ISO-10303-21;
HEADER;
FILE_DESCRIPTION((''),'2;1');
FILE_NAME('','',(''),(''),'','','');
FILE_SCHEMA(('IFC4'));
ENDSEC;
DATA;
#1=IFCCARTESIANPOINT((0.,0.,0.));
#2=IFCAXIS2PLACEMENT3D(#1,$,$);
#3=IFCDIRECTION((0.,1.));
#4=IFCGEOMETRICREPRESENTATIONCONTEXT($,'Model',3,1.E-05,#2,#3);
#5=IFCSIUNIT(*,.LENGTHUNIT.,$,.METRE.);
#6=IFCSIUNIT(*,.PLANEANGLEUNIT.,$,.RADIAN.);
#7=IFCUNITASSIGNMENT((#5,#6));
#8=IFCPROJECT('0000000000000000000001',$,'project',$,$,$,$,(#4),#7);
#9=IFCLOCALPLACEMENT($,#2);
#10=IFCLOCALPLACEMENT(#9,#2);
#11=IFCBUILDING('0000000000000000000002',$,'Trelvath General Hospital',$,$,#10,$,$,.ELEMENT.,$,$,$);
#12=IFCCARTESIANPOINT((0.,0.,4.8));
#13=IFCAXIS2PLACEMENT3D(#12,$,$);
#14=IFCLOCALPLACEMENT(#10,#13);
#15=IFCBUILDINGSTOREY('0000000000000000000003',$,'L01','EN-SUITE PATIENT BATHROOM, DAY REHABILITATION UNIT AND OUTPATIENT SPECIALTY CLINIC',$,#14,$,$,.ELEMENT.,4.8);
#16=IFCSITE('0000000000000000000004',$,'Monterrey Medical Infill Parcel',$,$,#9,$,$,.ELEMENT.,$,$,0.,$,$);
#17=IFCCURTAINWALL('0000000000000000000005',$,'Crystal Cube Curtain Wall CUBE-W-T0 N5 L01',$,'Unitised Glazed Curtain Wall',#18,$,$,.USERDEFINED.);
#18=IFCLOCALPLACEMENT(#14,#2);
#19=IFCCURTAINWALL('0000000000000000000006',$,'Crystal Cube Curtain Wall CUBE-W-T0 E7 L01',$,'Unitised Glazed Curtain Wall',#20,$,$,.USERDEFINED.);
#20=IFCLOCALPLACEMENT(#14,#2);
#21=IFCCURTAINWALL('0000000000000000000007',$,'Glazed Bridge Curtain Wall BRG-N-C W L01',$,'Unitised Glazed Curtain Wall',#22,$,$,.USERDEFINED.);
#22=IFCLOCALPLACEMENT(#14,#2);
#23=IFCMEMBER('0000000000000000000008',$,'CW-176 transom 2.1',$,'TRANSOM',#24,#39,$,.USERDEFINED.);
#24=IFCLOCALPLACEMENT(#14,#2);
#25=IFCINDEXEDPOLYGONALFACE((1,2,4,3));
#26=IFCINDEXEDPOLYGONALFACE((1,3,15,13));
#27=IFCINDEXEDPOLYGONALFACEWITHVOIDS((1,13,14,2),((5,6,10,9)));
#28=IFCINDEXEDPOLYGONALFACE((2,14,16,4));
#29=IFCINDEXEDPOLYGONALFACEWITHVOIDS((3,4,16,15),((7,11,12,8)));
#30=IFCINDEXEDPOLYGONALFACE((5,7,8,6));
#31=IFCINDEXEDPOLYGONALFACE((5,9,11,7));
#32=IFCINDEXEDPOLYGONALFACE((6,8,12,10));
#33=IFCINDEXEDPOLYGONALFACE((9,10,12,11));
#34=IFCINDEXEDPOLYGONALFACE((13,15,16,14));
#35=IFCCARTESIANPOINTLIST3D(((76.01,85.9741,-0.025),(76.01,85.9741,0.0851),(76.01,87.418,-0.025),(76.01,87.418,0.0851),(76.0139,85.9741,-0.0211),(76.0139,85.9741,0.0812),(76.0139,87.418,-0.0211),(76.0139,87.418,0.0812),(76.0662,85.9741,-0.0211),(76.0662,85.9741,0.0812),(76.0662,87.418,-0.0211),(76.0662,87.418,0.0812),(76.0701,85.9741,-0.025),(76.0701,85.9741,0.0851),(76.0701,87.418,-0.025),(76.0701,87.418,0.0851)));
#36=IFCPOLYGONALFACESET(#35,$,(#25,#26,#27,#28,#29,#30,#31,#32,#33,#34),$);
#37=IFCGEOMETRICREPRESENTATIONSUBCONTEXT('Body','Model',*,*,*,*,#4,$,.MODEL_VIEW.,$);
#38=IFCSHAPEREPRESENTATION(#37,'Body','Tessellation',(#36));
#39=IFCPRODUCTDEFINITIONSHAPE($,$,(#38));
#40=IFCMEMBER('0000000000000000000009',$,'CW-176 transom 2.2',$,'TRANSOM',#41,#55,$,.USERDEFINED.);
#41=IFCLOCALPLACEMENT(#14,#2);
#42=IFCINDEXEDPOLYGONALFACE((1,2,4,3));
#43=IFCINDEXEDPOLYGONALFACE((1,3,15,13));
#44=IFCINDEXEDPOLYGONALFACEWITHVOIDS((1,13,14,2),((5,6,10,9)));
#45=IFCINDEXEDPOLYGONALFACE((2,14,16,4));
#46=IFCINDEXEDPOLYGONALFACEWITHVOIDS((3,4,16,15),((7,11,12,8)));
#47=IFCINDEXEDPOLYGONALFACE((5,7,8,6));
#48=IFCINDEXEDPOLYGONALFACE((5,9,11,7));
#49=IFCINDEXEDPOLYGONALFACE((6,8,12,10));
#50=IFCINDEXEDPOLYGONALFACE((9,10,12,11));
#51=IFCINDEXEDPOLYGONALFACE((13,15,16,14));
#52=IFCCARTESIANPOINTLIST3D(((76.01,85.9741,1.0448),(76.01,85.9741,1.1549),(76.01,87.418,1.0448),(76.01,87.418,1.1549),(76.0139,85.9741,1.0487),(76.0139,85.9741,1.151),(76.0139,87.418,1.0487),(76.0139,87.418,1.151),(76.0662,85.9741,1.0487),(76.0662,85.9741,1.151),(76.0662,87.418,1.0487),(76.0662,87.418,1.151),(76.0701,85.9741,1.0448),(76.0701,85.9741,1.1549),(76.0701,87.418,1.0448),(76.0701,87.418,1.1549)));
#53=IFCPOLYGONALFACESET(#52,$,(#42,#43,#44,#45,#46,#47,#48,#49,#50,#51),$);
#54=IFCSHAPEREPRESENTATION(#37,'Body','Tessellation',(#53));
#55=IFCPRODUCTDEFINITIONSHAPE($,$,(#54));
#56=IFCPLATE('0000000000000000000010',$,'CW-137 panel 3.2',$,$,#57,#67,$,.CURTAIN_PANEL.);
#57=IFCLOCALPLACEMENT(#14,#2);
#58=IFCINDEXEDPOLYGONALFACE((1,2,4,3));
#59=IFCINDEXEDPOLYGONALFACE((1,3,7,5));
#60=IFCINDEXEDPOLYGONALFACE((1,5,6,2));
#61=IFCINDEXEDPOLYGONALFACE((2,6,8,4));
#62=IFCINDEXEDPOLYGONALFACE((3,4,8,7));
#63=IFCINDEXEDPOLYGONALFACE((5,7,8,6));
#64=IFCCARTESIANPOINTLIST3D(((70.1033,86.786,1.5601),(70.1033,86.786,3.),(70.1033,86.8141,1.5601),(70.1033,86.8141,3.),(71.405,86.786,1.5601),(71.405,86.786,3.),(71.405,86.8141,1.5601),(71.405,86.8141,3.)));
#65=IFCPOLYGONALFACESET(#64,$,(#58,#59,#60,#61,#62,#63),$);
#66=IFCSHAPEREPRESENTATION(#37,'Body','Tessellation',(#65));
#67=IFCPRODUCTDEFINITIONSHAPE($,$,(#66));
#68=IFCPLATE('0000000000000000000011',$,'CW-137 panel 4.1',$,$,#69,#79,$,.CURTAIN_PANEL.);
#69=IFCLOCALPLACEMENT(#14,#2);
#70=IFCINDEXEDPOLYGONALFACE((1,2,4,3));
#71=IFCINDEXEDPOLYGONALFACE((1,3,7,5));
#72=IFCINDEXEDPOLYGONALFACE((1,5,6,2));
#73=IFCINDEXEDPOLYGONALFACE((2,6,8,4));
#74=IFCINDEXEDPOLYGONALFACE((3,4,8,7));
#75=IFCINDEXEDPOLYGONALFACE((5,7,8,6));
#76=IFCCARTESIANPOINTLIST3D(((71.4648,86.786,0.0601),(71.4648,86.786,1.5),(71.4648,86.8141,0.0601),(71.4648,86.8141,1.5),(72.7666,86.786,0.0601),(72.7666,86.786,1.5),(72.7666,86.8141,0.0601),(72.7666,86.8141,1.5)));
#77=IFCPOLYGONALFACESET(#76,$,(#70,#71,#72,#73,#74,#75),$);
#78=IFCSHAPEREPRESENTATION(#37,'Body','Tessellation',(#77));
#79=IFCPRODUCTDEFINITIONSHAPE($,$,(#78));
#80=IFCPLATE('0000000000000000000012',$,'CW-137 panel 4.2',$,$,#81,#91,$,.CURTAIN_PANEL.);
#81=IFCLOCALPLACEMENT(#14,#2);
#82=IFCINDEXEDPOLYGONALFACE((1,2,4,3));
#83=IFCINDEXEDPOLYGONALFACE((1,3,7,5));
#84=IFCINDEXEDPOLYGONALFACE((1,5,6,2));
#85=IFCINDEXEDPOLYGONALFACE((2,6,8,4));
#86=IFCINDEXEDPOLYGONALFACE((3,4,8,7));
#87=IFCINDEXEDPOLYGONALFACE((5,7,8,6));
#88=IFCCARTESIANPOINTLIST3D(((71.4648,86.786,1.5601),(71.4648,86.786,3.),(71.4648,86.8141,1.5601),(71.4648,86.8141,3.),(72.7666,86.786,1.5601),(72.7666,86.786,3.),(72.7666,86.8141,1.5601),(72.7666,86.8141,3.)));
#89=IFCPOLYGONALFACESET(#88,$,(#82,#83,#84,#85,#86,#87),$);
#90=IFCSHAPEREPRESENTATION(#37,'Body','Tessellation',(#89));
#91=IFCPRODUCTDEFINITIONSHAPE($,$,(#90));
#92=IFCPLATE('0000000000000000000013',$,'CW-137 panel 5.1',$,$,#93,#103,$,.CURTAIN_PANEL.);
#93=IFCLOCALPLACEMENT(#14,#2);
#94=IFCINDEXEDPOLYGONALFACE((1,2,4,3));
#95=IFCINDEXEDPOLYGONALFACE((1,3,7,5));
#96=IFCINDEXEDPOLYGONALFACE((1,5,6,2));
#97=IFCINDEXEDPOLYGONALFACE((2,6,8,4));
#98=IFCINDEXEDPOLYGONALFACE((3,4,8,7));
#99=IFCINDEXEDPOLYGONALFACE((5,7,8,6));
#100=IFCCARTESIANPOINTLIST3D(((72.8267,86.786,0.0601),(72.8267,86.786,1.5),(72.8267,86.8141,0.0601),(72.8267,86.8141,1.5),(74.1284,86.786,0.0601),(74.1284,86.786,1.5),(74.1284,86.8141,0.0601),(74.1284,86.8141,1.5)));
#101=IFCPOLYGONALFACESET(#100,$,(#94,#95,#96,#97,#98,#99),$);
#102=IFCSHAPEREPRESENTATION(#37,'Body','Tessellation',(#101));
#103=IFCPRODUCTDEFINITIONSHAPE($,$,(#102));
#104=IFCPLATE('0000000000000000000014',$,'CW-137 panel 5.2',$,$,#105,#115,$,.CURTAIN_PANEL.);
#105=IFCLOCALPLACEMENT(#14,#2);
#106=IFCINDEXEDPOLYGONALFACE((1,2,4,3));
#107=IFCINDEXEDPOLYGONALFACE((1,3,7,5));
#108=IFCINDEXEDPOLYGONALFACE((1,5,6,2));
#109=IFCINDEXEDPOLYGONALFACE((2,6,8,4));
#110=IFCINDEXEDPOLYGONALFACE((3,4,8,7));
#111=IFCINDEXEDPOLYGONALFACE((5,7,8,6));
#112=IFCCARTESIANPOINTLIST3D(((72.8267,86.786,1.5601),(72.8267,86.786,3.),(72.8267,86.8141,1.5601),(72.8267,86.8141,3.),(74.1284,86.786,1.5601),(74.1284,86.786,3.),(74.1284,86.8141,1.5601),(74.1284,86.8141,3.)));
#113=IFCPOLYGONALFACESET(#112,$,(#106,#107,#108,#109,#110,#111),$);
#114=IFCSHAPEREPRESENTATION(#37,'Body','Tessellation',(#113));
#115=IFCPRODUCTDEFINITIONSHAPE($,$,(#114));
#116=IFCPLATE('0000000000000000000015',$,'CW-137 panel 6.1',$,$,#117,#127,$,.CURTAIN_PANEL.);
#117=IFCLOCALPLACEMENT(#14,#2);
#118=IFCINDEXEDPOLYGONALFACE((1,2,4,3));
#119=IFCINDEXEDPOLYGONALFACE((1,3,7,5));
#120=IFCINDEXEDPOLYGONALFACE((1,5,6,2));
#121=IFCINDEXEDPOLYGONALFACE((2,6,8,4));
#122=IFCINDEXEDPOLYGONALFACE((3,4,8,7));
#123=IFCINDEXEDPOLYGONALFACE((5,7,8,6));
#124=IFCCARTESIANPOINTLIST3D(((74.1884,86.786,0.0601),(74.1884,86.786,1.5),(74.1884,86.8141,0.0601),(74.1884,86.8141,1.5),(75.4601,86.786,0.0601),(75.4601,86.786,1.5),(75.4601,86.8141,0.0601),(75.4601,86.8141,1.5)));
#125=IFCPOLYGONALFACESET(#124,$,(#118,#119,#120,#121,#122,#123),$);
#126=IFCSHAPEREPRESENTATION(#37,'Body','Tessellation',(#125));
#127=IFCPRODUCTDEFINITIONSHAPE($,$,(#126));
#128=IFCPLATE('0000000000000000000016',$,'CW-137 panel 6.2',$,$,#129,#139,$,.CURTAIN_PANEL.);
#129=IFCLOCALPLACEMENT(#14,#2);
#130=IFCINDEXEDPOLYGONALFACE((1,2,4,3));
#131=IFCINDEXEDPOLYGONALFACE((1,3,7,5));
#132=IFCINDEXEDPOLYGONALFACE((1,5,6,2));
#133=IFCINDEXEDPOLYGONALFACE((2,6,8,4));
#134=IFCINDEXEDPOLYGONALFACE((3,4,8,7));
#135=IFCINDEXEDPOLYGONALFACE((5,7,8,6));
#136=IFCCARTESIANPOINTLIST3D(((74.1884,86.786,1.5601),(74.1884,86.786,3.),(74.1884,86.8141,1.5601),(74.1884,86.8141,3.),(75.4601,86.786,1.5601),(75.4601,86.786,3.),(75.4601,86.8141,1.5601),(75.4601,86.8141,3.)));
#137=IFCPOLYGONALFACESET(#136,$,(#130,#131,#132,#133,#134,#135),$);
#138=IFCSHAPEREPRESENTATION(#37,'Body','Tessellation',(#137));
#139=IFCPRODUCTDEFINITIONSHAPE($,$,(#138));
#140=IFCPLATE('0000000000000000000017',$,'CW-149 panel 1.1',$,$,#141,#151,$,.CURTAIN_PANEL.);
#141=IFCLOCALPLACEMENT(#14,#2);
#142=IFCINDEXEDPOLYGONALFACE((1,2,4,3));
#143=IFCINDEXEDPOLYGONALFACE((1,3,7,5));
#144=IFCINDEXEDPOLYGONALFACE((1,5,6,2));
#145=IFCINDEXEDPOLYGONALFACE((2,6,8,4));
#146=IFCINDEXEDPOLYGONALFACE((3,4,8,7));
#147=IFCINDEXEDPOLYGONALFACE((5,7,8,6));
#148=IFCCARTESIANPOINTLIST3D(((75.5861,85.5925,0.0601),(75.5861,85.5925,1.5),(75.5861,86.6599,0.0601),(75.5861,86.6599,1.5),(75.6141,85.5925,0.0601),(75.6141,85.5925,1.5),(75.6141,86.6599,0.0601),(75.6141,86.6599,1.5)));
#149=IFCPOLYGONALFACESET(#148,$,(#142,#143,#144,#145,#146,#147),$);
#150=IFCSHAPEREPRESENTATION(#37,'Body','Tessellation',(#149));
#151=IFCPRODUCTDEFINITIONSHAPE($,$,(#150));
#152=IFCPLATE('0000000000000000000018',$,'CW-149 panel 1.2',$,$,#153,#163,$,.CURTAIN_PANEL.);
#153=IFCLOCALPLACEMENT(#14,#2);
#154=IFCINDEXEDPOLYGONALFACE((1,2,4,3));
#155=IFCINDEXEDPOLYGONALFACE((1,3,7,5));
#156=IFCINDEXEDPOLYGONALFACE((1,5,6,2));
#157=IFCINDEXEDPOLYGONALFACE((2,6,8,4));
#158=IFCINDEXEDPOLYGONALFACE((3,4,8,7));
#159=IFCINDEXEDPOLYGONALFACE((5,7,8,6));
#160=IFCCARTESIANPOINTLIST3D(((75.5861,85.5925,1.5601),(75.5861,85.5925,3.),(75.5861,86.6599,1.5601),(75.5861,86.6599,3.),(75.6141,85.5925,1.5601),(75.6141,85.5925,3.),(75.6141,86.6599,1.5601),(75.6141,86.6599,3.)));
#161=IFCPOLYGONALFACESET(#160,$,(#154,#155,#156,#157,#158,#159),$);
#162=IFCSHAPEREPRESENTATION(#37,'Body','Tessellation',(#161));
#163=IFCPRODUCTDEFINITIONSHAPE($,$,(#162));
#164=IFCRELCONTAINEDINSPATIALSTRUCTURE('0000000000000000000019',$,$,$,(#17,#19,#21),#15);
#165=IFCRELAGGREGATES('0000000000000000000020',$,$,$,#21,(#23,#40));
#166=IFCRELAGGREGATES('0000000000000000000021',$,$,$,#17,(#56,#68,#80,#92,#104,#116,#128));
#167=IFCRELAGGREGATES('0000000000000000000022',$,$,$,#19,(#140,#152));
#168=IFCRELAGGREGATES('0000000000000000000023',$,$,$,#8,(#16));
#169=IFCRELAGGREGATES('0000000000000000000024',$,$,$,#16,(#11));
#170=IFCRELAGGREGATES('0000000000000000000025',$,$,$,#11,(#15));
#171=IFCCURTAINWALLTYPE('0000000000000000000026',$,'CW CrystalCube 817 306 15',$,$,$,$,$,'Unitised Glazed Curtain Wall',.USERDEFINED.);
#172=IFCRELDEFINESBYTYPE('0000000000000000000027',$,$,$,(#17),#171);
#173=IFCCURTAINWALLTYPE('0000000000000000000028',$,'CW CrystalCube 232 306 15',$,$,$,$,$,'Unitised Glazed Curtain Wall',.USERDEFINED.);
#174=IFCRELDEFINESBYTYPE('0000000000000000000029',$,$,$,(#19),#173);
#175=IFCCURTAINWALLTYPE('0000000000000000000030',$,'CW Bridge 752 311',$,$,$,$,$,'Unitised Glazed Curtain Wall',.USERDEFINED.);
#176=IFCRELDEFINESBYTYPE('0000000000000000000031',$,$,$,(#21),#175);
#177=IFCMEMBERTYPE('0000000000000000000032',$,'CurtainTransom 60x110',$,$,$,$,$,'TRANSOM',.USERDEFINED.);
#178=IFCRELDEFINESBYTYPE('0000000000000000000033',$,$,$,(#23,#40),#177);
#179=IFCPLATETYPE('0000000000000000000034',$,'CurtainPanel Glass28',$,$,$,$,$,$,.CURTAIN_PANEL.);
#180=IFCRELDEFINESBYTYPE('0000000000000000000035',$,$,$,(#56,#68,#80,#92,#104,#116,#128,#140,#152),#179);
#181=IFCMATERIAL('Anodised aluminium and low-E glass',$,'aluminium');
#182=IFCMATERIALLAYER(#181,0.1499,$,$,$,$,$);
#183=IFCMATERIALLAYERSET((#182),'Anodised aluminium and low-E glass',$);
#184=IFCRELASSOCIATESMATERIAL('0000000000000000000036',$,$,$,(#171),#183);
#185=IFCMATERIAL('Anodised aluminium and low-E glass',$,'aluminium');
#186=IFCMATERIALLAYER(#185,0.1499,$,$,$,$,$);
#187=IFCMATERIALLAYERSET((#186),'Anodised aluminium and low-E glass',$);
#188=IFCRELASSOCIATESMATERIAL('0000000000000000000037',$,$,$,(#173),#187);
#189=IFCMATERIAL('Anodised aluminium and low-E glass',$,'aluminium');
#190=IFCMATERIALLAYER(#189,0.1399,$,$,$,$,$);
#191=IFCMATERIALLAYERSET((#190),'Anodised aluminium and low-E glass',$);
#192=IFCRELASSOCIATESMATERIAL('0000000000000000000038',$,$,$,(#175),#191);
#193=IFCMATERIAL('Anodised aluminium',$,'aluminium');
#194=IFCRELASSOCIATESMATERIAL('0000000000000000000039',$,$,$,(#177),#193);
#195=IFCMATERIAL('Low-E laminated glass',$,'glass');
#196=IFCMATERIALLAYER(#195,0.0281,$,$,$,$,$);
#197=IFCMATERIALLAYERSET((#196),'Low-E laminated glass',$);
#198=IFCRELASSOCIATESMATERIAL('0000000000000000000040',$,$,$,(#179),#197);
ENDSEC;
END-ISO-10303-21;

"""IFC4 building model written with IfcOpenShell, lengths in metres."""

from ifc_helpers import new_model, si_unit, direction, frame, origin, origin_2d, place, context, subcontext, project, spatial, rectangle, hollow_rectangle, extrude, material, layer, layer_set, material_profile, profile_set, type_object, element, aggregate, save


model = new_model("IFC4")

# Units and contexts
model_context = context("Model", 3, precision=1e-05, world=origin(), true_north=direction((0.0, 1.0)))
body_context = subcontext(model_context, "Body", "Model", "MODEL_VIEW")
ifc_project = project(units=[si_unit("LENGTHUNIT", "METRE"), si_unit("PLANEANGLEUNIT", "RADIAN")], contexts=[model_context])

# Site, building, storey
site_placement = place(None, origin())
site = spatial("IfcSite", under=ifc_project, at=site_placement, Name="Monterrey Medical Infill Parcel", CompositionType="ELEMENT", RefElevation=0.0)
building_placement = place(site_placement, origin())
building = spatial("IfcBuilding", under=site, at=building_placement, Name="Trelvath General Hospital", CompositionType="ELEMENT")
storey_placement = place(building_placement, frame((0.0, 0.0, 4.8)))
storey = spatial("IfcBuildingStorey", under=building, at=storey_placement, Name="L01", Description="EN-SUITE PATIENT BATHROOM, DAY REHABILITATION UNIT AND OUTPATIENT SPECIALTY CLINIC", CompositionType="ELEMENT", Elevation=4.8)

# Curtain walls
ifc_material_1 = material(Name="Anodised aluminium and low-E glass", Category="aluminium")
ifc_layer_1 = layer(ifc_material_1, 0.1499)
ifc_layer_set_1 = layer_set([ifc_layer_1], Name="Anodised aluminium and low-E glass")
curtain_wall_type_1 = type_object("IfcCurtainWallType", Name="CW CrystalCube 817 306 15", ElementType="Unitised Glazed Curtain Wall", PredefinedType="USERDEFINED", material=ifc_layer_set_1)
curtain_wall_1_placement = place(storey_placement, origin())
curtain_wall_1 = element("IfcCurtainWall", 1, at=curtain_wall_1_placement, inside=storey, type_object=curtain_wall_type_1, Name="Crystal Cube Curtain Wall CUBE-W-T0 N5 L01", ObjectType="Unitised Glazed Curtain Wall", PredefinedType="USERDEFINED")
ifc_material_2 = material(Name="Anodised aluminium and low-E glass", Category="aluminium")
ifc_layer_2 = layer(ifc_material_2, 0.1499)
ifc_layer_set_2 = layer_set([ifc_layer_2], Name="Anodised aluminium and low-E glass")
curtain_wall_type_2 = type_object("IfcCurtainWallType", Name="CW CrystalCube 232 306 15", ElementType="Unitised Glazed Curtain Wall", PredefinedType="USERDEFINED", material=ifc_layer_set_2)
curtain_wall_2_placement = place(storey_placement, origin())
curtain_wall_2 = element("IfcCurtainWall", 2, at=curtain_wall_2_placement, inside=storey, type_object=curtain_wall_type_2, Name="Crystal Cube Curtain Wall CUBE-W-T0 E7 L01", ObjectType="Unitised Glazed Curtain Wall", PredefinedType="USERDEFINED")

# Curtain wall
ifc_material_3 = material(Name="Anodised aluminium and low-E glass", Category="aluminium")
ifc_layer_3 = layer(ifc_material_3, 0.1399)
ifc_layer_set_3 = layer_set([ifc_layer_3], Name="Anodised aluminium and low-E glass")
curtain_wall_type_3 = type_object("IfcCurtainWallType", Name="CW Bridge 752 311", ElementType="Unitised Glazed Curtain Wall", PredefinedType="USERDEFINED", material=ifc_layer_set_3)
curtain_wall_3_placement = place(storey_placement, origin())
curtain_wall_3 = element("IfcCurtainWall", 3, at=curtain_wall_3_placement, inside=storey, type_object=curtain_wall_type_3, Name="Glazed Bridge Curtain Wall BRG-N-C W L01", ObjectType="Unitised Glazed Curtain Wall", PredefinedType="USERDEFINED")

# Members
ifc_material_4 = material(Name="Anodised aluminium", Category="aluminium")
ifc_material_profile_1 = material_profile(ifc_material_4, hollow_rectangle(XDim=0.0601, YDim=0.1101, WallThickness=0.0039, at=origin_2d()), Name="RHS60x110x4")
ifc_profile_set_1 = profile_set([ifc_material_profile_1], Name="Anodised aluminium")
member_type_1 = type_object("IfcMemberType", Name="CurtainTransom 60x110", ElementType="TRANSOM", PredefinedType="USERDEFINED", material=ifc_profile_set_1)
member_1_placement = place(storey_placement, frame((76.04, 85.9741, 0.03), z_axis=(0.0, 1.0, 0.0), x_axis=(-1.0, 0.0, 0.0)))
member_1 = element("IfcMember", 4, at=member_1_placement, type_object=member_type_1, Name="CW-176 transom 2.1", ObjectType="TRANSOM", PredefinedType="USERDEFINED", context=body_context, shape_type="SweptSolid", body=[
    extrude(hollow_rectangle(XDim=0.0601, YDim=0.1101, WallThickness=0.0039, at=origin_2d()), origin(), (0.0, 0.0, 1.0), 1.4438),
])
member_2_placement = place(storey_placement, frame((76.04, 85.9741, 1.0999), z_axis=(0.0, 1.0, 0.0), x_axis=(-1.0, 0.0, 0.0)))
member_2 = element("IfcMember", 5, at=member_2_placement, type_object=member_type_1, Name="CW-176 transom 2.2", ObjectType="TRANSOM", PredefinedType="USERDEFINED", context=body_context, shape_type="SweptSolid", body=[
    extrude(hollow_rectangle(XDim=0.0601, YDim=0.1101, WallThickness=0.0039, at=origin_2d()), origin(), (0.0, 0.0, 1.0), 1.4438),
])
aggregate(curtain_wall_3, [member_1, member_2])

# Plates
ifc_material_5 = material(Name="Low-E laminated glass", Category="glass")
ifc_layer_4 = layer(ifc_material_5, 0.0281)
ifc_layer_set_4 = layer_set([ifc_layer_4], Name="Low-E laminated glass")
plate_type = type_object("IfcPlateType", Name="CurtainPanel Glass28", PredefinedType="CURTAIN_PANEL", material=ifc_layer_set_4)
plate_1_placement = place(storey_placement, frame((70.7542, 86.8, 1.5601), z_axis=(0.0, 0.0, 1.0), x_axis=(1.0, 0.0, 0.0)))
plate_1 = element("IfcPlate", 6, at=plate_1_placement, type_object=plate_type, Name="CW-137 panel 3.2", PredefinedType="CURTAIN_PANEL", context=body_context, shape_type="SweptSolid", body=[
    extrude(rectangle(XDim=1.3018, YDim=0.0281, at=origin_2d()), origin(), (0.0, 0.0, 1.0), 1.4399),
])
plate_2_placement = place(storey_placement, frame((72.1157, 86.8, 0.0601), z_axis=(0.0, 0.0, 1.0), x_axis=(1.0, 0.0, 0.0)))
plate_2 = element("IfcPlate", 7, at=plate_2_placement, type_object=plate_type, Name="CW-137 panel 4.1", PredefinedType="CURTAIN_PANEL", context=body_context, shape_type="SweptSolid", body=[
    extrude(rectangle(XDim=1.3018, YDim=0.0281, at=origin_2d()), origin(), (0.0, 0.0, 1.0), 1.4399),
])
plate_3_placement = place(storey_placement, frame((72.1157, 86.8, 1.5601), z_axis=(0.0, 0.0, 1.0), x_axis=(1.0, 0.0, 0.0)))
plate_3 = element("IfcPlate", 8, at=plate_3_placement, type_object=plate_type, Name="CW-137 panel 4.2", PredefinedType="CURTAIN_PANEL", context=body_context, shape_type="SweptSolid", body=[
    extrude(rectangle(XDim=1.3018, YDim=0.0281, at=origin_2d()), origin(), (0.0, 0.0, 1.0), 1.4399),
])
plate_4_placement = place(storey_placement, frame((73.4775, 86.8, 0.0601), z_axis=(0.0, 0.0, 1.0), x_axis=(1.0, 0.0, 0.0)))
plate_4 = element("IfcPlate", 9, at=plate_4_placement, type_object=plate_type, Name="CW-137 panel 5.1", PredefinedType="CURTAIN_PANEL", context=body_context, shape_type="SweptSolid", body=[
    extrude(rectangle(XDim=1.3018, YDim=0.0281, at=origin_2d()), origin(), (0.0, 0.0, 1.0), 1.4399),
])
plate_5_placement = place(storey_placement, frame((73.4775, 86.8, 1.5601), z_axis=(0.0, 0.0, 1.0), x_axis=(1.0, 0.0, 0.0)))
plate_5 = element("IfcPlate", 10, at=plate_5_placement, type_object=plate_type, Name="CW-137 panel 5.2", PredefinedType="CURTAIN_PANEL", context=body_context, shape_type="SweptSolid", body=[
    extrude(rectangle(XDim=1.3018, YDim=0.0281, at=origin_2d()), origin(), (0.0, 0.0, 1.0), 1.4399),
])
plate_6_placement = place(storey_placement, frame((74.8242, 86.8, 0.0601), z_axis=(0.0, 0.0, 1.0), x_axis=(1.0, 0.0, 0.0)))
plate_6 = element("IfcPlate", 11, at=plate_6_placement, type_object=plate_type, Name="CW-137 panel 6.1", PredefinedType="CURTAIN_PANEL", context=body_context, shape_type="SweptSolid", body=[
    extrude(rectangle(XDim=1.2717, YDim=0.0281, at=origin_2d()), origin(), (0.0, 0.0, 1.0), 1.4399),
])
plate_7_placement = place(storey_placement, frame((74.8242, 86.8, 1.5601), z_axis=(0.0, 0.0, 1.0), x_axis=(1.0, 0.0, 0.0)))
plate_7 = element("IfcPlate", 12, at=plate_7_placement, type_object=plate_type, Name="CW-137 panel 6.2", PredefinedType="CURTAIN_PANEL", context=body_context, shape_type="SweptSolid", body=[
    extrude(rectangle(XDim=1.2717, YDim=0.0281, at=origin_2d()), origin(), (0.0, 0.0, 1.0), 1.4399),
])
aggregate(curtain_wall_1, [plate_1, plate_2, plate_3, plate_4, plate_5, plate_6, plate_7])
plate_8_placement = place(storey_placement, frame((75.6001, 86.1262, 0.0601), z_axis=(0.0, 0.0, 1.0), x_axis=(0.0, -1.0, 0.0)))
plate_8 = element("IfcPlate", 13, at=plate_8_placement, type_object=plate_type, Name="CW-149 panel 1.1", PredefinedType="CURTAIN_PANEL", context=body_context, shape_type="SweptSolid", body=[
    extrude(rectangle(XDim=1.0674, YDim=0.0281, at=origin_2d()), origin(), (0.0, 0.0, 1.0), 1.4399),
])
plate_9_placement = place(storey_placement, frame((75.6001, 86.1262, 1.5601), z_axis=(0.0, 0.0, 1.0), x_axis=(0.0, -1.0, 0.0)))
plate_9 = element("IfcPlate", 14, at=plate_9_placement, type_object=plate_type, Name="CW-149 panel 1.2", PredefinedType="CURTAIN_PANEL", context=body_context, shape_type="SweptSolid", body=[
    extrude(rectangle(XDim=1.0674, YDim=0.0281, at=origin_2d()), origin(), (0.0, 0.0, 1.0), 1.4399),
])
aggregate(curtain_wall_2, [plate_8, plate_9])

save(model, "model.ifc")
